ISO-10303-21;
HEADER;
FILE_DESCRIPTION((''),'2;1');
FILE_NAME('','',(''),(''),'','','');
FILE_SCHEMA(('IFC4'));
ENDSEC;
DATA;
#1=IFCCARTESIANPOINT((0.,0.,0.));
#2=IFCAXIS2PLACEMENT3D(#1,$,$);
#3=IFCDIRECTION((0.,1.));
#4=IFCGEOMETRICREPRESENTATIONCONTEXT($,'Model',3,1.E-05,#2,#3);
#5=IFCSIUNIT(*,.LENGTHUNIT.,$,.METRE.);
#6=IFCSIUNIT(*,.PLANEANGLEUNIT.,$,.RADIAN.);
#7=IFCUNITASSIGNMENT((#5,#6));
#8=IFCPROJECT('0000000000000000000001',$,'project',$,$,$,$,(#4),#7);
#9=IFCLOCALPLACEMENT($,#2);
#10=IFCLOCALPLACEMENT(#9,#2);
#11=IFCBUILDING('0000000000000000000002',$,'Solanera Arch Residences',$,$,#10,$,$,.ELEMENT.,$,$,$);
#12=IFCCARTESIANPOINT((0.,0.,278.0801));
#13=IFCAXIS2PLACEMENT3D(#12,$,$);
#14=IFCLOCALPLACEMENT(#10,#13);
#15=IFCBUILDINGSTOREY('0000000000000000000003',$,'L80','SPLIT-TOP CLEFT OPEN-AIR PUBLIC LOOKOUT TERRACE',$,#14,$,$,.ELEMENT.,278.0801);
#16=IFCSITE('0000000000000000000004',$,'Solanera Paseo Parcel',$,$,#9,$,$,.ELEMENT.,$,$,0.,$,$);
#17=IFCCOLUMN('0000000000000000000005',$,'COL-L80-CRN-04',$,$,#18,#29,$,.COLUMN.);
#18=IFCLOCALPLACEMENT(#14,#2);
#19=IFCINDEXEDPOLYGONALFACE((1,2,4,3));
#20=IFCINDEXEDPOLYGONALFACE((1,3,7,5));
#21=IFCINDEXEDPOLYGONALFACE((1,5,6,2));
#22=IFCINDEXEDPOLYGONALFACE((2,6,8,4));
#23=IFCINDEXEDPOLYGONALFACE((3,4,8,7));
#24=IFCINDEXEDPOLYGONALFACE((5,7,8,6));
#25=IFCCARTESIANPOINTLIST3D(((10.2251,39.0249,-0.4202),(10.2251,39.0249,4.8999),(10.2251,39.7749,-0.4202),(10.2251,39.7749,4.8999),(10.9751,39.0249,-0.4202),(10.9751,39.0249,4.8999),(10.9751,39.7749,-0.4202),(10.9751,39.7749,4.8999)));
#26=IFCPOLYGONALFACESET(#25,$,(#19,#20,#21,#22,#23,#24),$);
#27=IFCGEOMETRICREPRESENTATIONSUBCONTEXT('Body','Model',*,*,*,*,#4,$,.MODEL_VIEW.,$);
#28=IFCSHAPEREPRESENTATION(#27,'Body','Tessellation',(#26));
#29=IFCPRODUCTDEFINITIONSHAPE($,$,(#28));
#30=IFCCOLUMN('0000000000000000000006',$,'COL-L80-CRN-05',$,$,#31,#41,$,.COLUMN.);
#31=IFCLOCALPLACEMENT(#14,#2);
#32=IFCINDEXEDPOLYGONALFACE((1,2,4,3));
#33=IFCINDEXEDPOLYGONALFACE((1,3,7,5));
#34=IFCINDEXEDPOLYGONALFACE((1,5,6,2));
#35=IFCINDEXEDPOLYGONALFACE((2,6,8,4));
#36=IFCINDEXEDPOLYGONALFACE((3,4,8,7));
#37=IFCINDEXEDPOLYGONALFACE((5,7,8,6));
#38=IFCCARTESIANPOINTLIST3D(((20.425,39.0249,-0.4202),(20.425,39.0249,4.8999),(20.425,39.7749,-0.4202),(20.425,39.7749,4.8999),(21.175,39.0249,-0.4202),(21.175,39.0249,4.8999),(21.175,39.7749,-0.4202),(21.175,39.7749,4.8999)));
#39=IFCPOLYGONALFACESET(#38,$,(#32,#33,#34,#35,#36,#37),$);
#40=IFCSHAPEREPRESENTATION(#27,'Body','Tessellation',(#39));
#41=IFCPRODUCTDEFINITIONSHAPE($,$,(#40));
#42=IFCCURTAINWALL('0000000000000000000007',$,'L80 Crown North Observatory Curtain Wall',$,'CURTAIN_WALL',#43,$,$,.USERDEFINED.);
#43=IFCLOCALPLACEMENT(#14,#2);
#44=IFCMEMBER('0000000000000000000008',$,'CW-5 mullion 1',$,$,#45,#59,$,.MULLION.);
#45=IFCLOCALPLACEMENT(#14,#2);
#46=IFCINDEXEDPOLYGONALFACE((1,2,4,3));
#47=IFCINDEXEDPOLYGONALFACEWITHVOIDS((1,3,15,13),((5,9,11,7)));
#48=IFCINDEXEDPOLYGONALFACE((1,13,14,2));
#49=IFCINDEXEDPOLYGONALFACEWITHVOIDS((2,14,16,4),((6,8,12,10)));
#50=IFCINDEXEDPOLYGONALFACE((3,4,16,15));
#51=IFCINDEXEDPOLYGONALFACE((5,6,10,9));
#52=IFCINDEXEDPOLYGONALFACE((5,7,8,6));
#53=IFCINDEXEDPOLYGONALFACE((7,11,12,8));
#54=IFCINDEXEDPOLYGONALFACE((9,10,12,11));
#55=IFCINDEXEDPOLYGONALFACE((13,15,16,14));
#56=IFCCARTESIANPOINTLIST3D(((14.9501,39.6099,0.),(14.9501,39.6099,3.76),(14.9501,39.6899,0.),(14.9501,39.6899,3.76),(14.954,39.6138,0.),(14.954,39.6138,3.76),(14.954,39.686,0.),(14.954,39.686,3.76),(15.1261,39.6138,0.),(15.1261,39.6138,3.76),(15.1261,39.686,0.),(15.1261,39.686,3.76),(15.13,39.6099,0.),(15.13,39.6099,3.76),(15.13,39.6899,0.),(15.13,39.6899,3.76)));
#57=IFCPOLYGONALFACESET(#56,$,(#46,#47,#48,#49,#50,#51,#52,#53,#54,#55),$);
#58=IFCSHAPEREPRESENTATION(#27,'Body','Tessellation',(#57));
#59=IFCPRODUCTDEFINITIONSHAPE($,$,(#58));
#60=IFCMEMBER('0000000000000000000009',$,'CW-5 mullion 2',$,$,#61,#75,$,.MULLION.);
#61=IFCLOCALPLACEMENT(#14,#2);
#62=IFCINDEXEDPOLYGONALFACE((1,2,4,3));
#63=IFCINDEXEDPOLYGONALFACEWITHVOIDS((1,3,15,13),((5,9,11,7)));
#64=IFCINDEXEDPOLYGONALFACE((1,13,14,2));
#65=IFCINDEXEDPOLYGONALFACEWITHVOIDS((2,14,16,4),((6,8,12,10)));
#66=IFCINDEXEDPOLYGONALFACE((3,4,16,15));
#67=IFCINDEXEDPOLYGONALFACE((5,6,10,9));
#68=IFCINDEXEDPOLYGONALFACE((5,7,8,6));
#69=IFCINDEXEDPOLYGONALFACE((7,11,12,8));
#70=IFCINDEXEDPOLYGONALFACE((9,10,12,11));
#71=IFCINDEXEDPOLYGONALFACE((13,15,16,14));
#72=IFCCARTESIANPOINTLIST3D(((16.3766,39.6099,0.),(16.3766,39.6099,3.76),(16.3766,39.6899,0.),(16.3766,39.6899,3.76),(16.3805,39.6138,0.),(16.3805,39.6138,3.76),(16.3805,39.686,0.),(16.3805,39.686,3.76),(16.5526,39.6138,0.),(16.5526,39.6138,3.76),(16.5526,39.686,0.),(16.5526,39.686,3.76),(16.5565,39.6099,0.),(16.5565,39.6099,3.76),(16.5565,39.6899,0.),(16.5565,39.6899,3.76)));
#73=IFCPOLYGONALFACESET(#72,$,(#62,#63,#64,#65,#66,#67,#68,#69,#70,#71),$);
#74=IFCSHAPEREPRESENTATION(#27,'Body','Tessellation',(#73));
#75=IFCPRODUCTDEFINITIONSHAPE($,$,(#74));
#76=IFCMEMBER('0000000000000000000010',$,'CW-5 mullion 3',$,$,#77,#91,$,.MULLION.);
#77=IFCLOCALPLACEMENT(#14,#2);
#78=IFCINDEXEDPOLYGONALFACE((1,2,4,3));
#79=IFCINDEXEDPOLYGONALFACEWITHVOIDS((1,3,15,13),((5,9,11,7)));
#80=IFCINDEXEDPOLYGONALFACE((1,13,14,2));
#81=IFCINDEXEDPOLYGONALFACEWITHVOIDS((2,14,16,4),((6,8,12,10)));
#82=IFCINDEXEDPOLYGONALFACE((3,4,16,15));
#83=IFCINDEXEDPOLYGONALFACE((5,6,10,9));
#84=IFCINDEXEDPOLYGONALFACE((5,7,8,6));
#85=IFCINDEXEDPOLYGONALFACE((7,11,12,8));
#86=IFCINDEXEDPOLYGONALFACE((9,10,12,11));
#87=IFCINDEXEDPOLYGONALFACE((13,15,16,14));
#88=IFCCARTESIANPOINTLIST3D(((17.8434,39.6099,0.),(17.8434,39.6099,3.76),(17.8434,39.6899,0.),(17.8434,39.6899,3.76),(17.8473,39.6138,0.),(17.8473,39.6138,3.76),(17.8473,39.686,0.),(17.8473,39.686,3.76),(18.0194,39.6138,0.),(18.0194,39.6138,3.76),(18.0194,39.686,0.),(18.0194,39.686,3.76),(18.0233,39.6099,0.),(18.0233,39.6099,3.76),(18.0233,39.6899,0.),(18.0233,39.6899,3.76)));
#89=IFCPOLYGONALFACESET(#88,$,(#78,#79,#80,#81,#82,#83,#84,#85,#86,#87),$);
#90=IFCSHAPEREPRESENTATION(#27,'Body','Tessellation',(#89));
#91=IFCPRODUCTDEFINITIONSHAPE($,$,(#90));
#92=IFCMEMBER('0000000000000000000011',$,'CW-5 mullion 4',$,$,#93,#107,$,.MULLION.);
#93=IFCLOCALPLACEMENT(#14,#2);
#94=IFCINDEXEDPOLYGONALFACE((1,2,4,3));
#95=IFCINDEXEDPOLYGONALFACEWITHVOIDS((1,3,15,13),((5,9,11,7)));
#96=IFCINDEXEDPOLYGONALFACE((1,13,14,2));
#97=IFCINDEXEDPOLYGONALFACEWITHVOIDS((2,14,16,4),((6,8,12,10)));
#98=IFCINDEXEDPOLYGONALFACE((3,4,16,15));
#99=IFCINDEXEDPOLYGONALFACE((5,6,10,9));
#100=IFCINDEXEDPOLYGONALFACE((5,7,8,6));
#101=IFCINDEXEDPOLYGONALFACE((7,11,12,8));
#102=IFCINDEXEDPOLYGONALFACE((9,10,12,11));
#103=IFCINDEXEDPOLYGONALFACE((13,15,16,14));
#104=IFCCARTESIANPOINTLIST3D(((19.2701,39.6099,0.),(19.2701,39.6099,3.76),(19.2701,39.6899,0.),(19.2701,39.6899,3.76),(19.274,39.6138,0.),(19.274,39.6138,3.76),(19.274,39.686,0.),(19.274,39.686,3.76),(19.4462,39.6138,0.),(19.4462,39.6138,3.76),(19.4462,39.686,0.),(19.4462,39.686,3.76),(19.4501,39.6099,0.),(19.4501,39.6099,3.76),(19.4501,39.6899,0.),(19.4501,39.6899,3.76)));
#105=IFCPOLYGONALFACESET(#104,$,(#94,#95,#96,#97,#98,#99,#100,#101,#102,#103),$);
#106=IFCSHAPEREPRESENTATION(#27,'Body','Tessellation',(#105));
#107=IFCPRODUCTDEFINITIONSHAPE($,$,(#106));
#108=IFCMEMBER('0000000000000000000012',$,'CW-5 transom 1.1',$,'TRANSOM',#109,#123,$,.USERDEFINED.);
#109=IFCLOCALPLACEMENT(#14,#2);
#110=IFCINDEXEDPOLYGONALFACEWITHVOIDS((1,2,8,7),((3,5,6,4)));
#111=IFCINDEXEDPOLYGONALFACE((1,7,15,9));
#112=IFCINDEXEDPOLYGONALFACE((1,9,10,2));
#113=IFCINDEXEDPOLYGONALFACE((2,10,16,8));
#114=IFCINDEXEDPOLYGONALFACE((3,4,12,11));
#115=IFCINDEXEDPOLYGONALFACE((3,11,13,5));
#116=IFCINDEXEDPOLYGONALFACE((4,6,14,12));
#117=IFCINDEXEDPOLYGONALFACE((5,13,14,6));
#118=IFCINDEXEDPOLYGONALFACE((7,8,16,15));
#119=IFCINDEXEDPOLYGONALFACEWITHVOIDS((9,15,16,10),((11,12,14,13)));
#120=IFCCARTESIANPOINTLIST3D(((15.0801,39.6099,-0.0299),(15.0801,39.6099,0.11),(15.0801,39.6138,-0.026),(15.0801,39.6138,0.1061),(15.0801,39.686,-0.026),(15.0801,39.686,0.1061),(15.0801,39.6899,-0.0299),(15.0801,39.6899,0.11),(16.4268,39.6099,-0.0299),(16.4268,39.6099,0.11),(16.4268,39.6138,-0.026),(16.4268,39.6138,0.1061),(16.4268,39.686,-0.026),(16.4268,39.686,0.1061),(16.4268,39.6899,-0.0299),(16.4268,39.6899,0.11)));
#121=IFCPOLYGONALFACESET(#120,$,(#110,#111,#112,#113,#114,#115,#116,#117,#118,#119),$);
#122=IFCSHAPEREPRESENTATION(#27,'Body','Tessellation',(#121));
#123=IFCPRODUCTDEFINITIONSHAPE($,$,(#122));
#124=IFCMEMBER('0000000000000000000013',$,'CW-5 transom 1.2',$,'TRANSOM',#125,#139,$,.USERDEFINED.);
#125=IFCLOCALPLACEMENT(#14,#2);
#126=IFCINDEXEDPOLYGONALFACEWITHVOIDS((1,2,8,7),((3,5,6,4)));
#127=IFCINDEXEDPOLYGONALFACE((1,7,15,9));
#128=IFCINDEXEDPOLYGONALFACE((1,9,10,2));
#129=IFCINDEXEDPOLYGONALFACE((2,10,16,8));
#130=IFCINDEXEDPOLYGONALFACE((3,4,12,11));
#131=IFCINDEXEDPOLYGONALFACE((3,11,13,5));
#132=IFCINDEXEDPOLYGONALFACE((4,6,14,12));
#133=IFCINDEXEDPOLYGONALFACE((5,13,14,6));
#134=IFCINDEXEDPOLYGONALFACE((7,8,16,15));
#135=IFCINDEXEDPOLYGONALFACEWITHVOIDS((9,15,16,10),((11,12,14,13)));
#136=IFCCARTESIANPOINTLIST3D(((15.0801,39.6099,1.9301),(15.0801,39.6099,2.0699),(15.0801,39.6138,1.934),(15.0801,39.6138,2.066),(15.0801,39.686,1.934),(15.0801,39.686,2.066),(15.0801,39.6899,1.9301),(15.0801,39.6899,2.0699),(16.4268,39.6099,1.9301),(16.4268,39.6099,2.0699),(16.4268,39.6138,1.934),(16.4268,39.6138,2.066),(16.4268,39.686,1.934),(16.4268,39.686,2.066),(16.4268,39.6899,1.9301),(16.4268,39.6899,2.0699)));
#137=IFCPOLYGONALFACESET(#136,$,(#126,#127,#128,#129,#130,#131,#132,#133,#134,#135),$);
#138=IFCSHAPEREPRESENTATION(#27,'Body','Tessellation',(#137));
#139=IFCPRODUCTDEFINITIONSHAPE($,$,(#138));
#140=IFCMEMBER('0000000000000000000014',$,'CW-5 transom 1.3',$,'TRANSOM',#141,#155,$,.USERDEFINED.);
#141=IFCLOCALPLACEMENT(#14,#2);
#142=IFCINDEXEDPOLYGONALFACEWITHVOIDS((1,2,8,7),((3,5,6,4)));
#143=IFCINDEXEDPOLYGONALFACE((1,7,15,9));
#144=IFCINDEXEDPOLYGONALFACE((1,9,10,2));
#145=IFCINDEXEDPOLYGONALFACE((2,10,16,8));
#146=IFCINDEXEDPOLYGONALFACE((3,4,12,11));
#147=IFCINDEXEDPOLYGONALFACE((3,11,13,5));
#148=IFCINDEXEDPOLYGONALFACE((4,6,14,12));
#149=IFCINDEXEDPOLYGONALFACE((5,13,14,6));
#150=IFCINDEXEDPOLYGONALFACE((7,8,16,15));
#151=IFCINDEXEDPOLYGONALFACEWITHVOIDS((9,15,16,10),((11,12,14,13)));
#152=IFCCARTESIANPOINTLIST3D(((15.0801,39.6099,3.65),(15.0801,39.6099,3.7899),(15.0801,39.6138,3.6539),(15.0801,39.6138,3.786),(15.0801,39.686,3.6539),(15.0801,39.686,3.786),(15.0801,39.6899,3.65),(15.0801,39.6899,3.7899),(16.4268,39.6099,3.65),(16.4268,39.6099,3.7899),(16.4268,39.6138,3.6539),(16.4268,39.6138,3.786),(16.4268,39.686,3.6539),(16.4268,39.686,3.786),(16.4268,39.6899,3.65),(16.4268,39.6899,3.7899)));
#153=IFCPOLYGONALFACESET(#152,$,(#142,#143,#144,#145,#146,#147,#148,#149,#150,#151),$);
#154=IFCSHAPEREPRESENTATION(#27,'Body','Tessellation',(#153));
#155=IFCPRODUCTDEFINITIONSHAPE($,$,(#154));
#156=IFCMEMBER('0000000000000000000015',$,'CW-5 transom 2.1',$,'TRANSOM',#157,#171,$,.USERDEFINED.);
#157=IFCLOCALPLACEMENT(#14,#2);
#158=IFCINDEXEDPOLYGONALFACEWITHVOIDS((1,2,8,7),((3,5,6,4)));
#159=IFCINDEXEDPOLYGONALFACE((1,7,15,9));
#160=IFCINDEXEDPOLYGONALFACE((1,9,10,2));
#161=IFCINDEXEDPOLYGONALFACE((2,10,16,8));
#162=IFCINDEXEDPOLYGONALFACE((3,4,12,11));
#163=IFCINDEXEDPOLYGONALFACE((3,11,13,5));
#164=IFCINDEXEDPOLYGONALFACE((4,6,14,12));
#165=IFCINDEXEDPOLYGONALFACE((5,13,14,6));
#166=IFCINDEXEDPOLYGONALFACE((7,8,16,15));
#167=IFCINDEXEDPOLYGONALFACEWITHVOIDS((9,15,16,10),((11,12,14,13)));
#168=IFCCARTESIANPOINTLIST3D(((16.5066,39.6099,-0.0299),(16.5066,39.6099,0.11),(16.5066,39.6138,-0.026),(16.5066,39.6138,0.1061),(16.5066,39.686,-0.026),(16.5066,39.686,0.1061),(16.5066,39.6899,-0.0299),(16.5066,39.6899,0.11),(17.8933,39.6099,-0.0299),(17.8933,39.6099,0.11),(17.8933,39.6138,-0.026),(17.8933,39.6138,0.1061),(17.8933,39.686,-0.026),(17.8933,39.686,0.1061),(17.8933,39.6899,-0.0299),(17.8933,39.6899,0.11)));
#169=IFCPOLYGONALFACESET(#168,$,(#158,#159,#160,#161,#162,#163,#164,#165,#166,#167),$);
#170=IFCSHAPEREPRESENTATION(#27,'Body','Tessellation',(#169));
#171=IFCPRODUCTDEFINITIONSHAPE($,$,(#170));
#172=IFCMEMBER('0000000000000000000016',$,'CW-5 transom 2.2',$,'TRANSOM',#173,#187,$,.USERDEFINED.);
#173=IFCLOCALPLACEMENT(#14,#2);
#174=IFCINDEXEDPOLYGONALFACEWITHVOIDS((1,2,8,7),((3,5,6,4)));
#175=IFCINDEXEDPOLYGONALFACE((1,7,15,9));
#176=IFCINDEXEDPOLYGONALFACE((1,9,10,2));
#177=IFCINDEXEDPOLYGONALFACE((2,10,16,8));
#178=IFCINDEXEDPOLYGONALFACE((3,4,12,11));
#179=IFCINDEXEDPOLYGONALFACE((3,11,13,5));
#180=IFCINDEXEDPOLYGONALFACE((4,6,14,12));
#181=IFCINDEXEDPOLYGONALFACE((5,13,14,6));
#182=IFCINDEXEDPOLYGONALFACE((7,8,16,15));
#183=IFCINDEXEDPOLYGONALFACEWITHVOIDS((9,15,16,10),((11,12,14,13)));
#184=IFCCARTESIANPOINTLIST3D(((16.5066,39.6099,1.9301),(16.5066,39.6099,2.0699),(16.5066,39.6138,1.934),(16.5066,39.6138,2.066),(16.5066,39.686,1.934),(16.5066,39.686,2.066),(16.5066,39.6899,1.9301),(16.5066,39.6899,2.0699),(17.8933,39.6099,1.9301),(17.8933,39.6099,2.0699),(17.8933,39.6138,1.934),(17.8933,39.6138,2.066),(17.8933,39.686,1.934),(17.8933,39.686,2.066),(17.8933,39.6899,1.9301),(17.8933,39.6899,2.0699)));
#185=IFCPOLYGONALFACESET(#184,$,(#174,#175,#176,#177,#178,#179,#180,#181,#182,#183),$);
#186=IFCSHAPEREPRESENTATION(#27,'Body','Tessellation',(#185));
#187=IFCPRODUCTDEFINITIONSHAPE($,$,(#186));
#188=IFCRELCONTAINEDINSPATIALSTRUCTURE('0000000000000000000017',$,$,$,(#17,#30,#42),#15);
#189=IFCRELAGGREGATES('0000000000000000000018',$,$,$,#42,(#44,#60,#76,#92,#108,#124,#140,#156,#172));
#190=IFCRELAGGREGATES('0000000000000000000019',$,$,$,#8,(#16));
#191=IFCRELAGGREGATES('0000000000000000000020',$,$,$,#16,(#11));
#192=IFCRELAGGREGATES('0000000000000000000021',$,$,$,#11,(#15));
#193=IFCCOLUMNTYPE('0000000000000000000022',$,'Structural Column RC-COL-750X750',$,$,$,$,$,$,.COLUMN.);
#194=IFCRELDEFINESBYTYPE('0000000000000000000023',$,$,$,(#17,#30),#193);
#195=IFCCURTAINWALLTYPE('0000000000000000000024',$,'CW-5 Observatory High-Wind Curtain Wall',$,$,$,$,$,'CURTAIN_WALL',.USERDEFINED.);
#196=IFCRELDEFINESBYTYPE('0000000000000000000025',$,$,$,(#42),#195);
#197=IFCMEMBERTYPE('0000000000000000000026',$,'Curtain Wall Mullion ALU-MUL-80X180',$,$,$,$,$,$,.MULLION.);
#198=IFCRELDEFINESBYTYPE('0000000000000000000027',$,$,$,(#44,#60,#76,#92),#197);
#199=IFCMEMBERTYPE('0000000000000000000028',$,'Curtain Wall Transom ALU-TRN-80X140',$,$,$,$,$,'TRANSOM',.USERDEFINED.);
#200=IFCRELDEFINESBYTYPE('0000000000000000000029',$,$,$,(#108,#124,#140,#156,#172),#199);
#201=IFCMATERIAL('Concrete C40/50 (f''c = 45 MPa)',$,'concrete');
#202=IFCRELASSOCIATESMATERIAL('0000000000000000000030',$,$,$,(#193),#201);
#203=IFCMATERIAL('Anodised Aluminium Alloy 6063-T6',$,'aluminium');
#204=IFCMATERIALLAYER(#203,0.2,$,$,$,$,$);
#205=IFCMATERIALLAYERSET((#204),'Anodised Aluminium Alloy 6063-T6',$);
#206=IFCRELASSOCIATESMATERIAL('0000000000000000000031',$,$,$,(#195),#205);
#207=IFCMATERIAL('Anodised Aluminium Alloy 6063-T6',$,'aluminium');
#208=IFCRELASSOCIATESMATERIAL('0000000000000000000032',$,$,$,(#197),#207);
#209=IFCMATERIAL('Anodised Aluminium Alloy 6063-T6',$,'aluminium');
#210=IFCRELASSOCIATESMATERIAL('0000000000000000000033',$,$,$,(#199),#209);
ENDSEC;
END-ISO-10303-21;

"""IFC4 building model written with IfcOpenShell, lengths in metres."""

from ifc_helpers import new_model, si_unit, direction, frame, origin, origin_2d, place, context, subcontext, project, spatial, rectangle, hollow_rectangle, extrude, material, layer, layer_set, material_profile, profile_set, type_object, element, aggregate, save


model = new_model("IFC4")

# Units and contexts
model_context = context("Model", 3, precision=1e-05, world=origin(), true_north=direction((0.0, 1.0)))
body_context = subcontext(model_context, "Body", "Model", "MODEL_VIEW")
ifc_project = project(units=[si_unit("LENGTHUNIT", "METRE"), si_unit("PLANEANGLEUNIT", "RADIAN")], contexts=[model_context])

# Site, building, storey
site_placement = place(None, origin())
site = spatial("IfcSite", under=ifc_project, at=site_placement, Name="Solanera Paseo Parcel", CompositionType="ELEMENT", RefElevation=0.0)
building_placement = place(site_placement, origin())
building = spatial("IfcBuilding", under=site, at=building_placement, Name="Solanera Arch Residences", CompositionType="ELEMENT")
storey_placement = place(building_placement, frame((0.0, 0.0, 278.0801)))
storey = spatial("IfcBuildingStorey", under=building, at=storey_placement, Name="L80", Description="SPLIT-TOP CLEFT OPEN-AIR PUBLIC LOOKOUT TERRACE", CompositionType="ELEMENT", Elevation=278.0801)

# Columns
ifc_material_1 = material(Name="Concrete C40/50 (f'c = 45 MPa)", Category="concrete")
ifc_material_profile_1 = material_profile(ifc_material_1, rectangle(XDim=0.75, YDim=0.75, at=origin_2d()))
ifc_profile_set_1 = profile_set([ifc_material_profile_1], Name="Concrete C40/50 (f'c = 45 MPa)")
column_type = type_object("IfcColumnType", Name="Structural Column RC-COL-750X750", PredefinedType="COLUMN", material=ifc_profile_set_1)
for number, where, z_axis, x_axis, name in (
    (1, (10.6001, 39.3999, -0.4202), (0.0, 0.0, 1.0), (1.0, 0.0, 0.0), "COL-L80-CRN-04"),
    (2, (20.8, 39.3999, -0.4202), (0.0, 0.0, 1.0), (1.0, 0.0, 0.0), "COL-L80-CRN-05"),
):
    element("IfcColumn", number, at=place(storey_placement, frame(where, z_axis=z_axis, x_axis=x_axis)), inside=storey, type_object=column_type, Name=name, PredefinedType="COLUMN", context=body_context, shape_type="SweptSolid", body=[
        extrude(rectangle(XDim=0.75, YDim=0.75, at=origin_2d()), origin(), (0.0, 0.0, 1.0), 5.3201),
    ])

# Curtain wall, members
ifc_material_2 = material(Name="Anodised Aluminium Alloy 6063-T6", Category="aluminium")
ifc_layer_1 = layer(ifc_material_2, 0.2)
ifc_layer_set_1 = layer_set([ifc_layer_1], Name="Anodised Aluminium Alloy 6063-T6")
curtain_wall_type = type_object("IfcCurtainWallType", Name="CW-5 Observatory High-Wind Curtain Wall", ElementType="CURTAIN_WALL", PredefinedType="USERDEFINED", material=ifc_layer_set_1)
curtain_wall_placement = place(storey_placement, origin())
curtain_wall = element("IfcCurtainWall", 3, at=curtain_wall_placement, inside=storey, type_object=curtain_wall_type, Name="L80 Crown North Observatory Curtain Wall", ObjectType="CURTAIN_WALL", PredefinedType="USERDEFINED")
ifc_material_3 = material(Name="Anodised Aluminium Alloy 6063-T6", Category="aluminium")
ifc_material_profile_2 = material_profile(ifc_material_3, hollow_rectangle(XDim=0.0801, YDim=0.1799, WallThickness=0.0039, at=origin_2d()))
ifc_profile_set_2 = profile_set([ifc_material_profile_2], Name="Anodised Aluminium Alloy 6063-T6")
member_type_1 = type_object("IfcMemberType", Name="Curtain Wall Mullion ALU-MUL-80X180", PredefinedType="MULLION", material=ifc_profile_set_2)
member_1_placement = place(storey_placement, frame((15.04, 39.6499, 0.0), z_axis=(0.0, 0.0, 1.0), x_axis=(0.0, 1.0, 0.0)))
member_1 = element("IfcMember", 4, at=member_1_placement, type_object=member_type_1, Name="CW-5 mullion 1", PredefinedType="MULLION", context=body_context, shape_type="SweptSolid", body=[
    extrude(hollow_rectangle(XDim=0.0801, YDim=0.1799, WallThickness=0.0039, at=origin_2d()), origin(), (0.0, 0.0, 1.0), 3.76),
])
member_2_placement = place(storey_placement, frame((16.4666, 39.6499, 0.0), z_axis=(0.0, 0.0, 1.0), x_axis=(0.0, 1.0, 0.0)))
member_2 = element("IfcMember", 5, at=member_2_placement, type_object=member_type_1, Name="CW-5 mullion 2", PredefinedType="MULLION", context=body_context, shape_type="SweptSolid", body=[
    extrude(hollow_rectangle(XDim=0.0801, YDim=0.1799, WallThickness=0.0039, at=origin_2d()), origin(), (0.0, 0.0, 1.0), 3.76),
])
member_3_placement = place(storey_placement, frame((17.9333, 39.6499, 0.0), z_axis=(0.0, 0.0, 1.0), x_axis=(0.0, 1.0, 0.0)))
member_3 = element("IfcMember", 6, at=member_3_placement, type_object=member_type_1, Name="CW-5 mullion 3", PredefinedType="MULLION", context=body_context, shape_type="SweptSolid", body=[
    extrude(hollow_rectangle(XDim=0.0801, YDim=0.1799, WallThickness=0.0039, at=origin_2d()), origin(), (0.0, 0.0, 1.0), 3.76),
])
member_4_placement = place(storey_placement, frame((19.3601, 39.6499, 0.0), z_axis=(0.0, 0.0, 1.0), x_axis=(0.0, 1.0, 0.0)))
member_4 = element("IfcMember", 7, at=member_4_placement, type_object=member_type_1, Name="CW-5 mullion 4", PredefinedType="MULLION", context=body_context, shape_type="SweptSolid", body=[
    extrude(hollow_rectangle(XDim=0.0801, YDim=0.1799, WallThickness=0.0039, at=origin_2d()), origin(), (0.0, 0.0, 1.0), 3.76),
])
ifc_material_4 = material(Name="Anodised Aluminium Alloy 6063-T6", Category="aluminium")
ifc_material_profile_3 = material_profile(ifc_material_4, hollow_rectangle(XDim=0.0801, YDim=0.1399, WallThickness=0.0039, at=origin_2d()))
ifc_profile_set_3 = profile_set([ifc_material_profile_3], Name="Anodised Aluminium Alloy 6063-T6")
member_type_2 = type_object("IfcMemberType", Name="Curtain Wall Transom ALU-TRN-80X140", ElementType="TRANSOM", PredefinedType="USERDEFINED", material=ifc_profile_set_3)
member_5_placement = place(storey_placement, frame((15.0801, 39.6499, 0.04), z_axis=(1.0, 0.0, 0.0), x_axis=(0.0, 1.0, 0.0)))
member_5 = element("IfcMember", 8, at=member_5_placement, type_object=member_type_2, Name="CW-5 transom 1.1", ObjectType="TRANSOM", PredefinedType="USERDEFINED", context=body_context, shape_type="SweptSolid", body=[
    extrude(hollow_rectangle(XDim=0.0801, YDim=0.1399, WallThickness=0.0039, at=origin_2d()), origin(), (0.0, 0.0, 1.0), 1.3467),
])
member_6_placement = place(storey_placement, frame((15.0801, 39.6499, 2.0), z_axis=(1.0, 0.0, 0.0), x_axis=(0.0, 1.0, 0.0)))
member_6 = element("IfcMember", 9, at=member_6_placement, type_object=member_type_2, Name="CW-5 transom 1.2", ObjectType="TRANSOM", PredefinedType="USERDEFINED", context=body_context, shape_type="SweptSolid", body=[
    extrude(hollow_rectangle(XDim=0.0801, YDim=0.1399, WallThickness=0.0039, at=origin_2d()), origin(), (0.0, 0.0, 1.0), 1.3467),
])
member_7_placement = place(storey_placement, frame((15.0801, 39.6499, 3.72), z_axis=(1.0, 0.0, 0.0), x_axis=(0.0, 1.0, 0.0)))
member_7 = element("IfcMember", 10, at=member_7_placement, type_object=member_type_2, Name="CW-5 transom 1.3", ObjectType="TRANSOM", PredefinedType="USERDEFINED", context=body_context, shape_type="SweptSolid", body=[
    extrude(hollow_rectangle(XDim=0.0801, YDim=0.1399, WallThickness=0.0039, at=origin_2d()), origin(), (0.0, 0.0, 1.0), 1.3467),
])
member_8_placement = place(storey_placement, frame((16.5066, 39.6499, 0.04), z_axis=(1.0, 0.0, 0.0), x_axis=(0.0, 1.0, 0.0)))
member_8 = element("IfcMember", 11, at=member_8_placement, type_object=member_type_2, Name="CW-5 transom 2.1", ObjectType="TRANSOM", PredefinedType="USERDEFINED", context=body_context, shape_type="SweptSolid", body=[
    extrude(hollow_rectangle(XDim=0.0801, YDim=0.1399, WallThickness=0.0039, at=origin_2d()), origin(), (0.0, 0.0, 1.0), 1.3867),
])
member_9_placement = place(storey_placement, frame((16.5066, 39.6499, 2.0), z_axis=(1.0, 0.0, 0.0), x_axis=(0.0, 1.0, 0.0)))
member_9 = element("IfcMember", 12, at=member_9_placement, type_object=member_type_2, Name="CW-5 transom 2.2", ObjectType="TRANSOM", PredefinedType="USERDEFINED", context=body_context, shape_type="SweptSolid", body=[
    extrude(hollow_rectangle(XDim=0.0801, YDim=0.1399, WallThickness=0.0039, at=origin_2d()), origin(), (0.0, 0.0, 1.0), 1.3867),
])

aggregate(curtain_wall, [member_1, member_2, member_3, member_4, member_5, member_6, member_7, member_8, member_9])

save(model, "model.ifc")
